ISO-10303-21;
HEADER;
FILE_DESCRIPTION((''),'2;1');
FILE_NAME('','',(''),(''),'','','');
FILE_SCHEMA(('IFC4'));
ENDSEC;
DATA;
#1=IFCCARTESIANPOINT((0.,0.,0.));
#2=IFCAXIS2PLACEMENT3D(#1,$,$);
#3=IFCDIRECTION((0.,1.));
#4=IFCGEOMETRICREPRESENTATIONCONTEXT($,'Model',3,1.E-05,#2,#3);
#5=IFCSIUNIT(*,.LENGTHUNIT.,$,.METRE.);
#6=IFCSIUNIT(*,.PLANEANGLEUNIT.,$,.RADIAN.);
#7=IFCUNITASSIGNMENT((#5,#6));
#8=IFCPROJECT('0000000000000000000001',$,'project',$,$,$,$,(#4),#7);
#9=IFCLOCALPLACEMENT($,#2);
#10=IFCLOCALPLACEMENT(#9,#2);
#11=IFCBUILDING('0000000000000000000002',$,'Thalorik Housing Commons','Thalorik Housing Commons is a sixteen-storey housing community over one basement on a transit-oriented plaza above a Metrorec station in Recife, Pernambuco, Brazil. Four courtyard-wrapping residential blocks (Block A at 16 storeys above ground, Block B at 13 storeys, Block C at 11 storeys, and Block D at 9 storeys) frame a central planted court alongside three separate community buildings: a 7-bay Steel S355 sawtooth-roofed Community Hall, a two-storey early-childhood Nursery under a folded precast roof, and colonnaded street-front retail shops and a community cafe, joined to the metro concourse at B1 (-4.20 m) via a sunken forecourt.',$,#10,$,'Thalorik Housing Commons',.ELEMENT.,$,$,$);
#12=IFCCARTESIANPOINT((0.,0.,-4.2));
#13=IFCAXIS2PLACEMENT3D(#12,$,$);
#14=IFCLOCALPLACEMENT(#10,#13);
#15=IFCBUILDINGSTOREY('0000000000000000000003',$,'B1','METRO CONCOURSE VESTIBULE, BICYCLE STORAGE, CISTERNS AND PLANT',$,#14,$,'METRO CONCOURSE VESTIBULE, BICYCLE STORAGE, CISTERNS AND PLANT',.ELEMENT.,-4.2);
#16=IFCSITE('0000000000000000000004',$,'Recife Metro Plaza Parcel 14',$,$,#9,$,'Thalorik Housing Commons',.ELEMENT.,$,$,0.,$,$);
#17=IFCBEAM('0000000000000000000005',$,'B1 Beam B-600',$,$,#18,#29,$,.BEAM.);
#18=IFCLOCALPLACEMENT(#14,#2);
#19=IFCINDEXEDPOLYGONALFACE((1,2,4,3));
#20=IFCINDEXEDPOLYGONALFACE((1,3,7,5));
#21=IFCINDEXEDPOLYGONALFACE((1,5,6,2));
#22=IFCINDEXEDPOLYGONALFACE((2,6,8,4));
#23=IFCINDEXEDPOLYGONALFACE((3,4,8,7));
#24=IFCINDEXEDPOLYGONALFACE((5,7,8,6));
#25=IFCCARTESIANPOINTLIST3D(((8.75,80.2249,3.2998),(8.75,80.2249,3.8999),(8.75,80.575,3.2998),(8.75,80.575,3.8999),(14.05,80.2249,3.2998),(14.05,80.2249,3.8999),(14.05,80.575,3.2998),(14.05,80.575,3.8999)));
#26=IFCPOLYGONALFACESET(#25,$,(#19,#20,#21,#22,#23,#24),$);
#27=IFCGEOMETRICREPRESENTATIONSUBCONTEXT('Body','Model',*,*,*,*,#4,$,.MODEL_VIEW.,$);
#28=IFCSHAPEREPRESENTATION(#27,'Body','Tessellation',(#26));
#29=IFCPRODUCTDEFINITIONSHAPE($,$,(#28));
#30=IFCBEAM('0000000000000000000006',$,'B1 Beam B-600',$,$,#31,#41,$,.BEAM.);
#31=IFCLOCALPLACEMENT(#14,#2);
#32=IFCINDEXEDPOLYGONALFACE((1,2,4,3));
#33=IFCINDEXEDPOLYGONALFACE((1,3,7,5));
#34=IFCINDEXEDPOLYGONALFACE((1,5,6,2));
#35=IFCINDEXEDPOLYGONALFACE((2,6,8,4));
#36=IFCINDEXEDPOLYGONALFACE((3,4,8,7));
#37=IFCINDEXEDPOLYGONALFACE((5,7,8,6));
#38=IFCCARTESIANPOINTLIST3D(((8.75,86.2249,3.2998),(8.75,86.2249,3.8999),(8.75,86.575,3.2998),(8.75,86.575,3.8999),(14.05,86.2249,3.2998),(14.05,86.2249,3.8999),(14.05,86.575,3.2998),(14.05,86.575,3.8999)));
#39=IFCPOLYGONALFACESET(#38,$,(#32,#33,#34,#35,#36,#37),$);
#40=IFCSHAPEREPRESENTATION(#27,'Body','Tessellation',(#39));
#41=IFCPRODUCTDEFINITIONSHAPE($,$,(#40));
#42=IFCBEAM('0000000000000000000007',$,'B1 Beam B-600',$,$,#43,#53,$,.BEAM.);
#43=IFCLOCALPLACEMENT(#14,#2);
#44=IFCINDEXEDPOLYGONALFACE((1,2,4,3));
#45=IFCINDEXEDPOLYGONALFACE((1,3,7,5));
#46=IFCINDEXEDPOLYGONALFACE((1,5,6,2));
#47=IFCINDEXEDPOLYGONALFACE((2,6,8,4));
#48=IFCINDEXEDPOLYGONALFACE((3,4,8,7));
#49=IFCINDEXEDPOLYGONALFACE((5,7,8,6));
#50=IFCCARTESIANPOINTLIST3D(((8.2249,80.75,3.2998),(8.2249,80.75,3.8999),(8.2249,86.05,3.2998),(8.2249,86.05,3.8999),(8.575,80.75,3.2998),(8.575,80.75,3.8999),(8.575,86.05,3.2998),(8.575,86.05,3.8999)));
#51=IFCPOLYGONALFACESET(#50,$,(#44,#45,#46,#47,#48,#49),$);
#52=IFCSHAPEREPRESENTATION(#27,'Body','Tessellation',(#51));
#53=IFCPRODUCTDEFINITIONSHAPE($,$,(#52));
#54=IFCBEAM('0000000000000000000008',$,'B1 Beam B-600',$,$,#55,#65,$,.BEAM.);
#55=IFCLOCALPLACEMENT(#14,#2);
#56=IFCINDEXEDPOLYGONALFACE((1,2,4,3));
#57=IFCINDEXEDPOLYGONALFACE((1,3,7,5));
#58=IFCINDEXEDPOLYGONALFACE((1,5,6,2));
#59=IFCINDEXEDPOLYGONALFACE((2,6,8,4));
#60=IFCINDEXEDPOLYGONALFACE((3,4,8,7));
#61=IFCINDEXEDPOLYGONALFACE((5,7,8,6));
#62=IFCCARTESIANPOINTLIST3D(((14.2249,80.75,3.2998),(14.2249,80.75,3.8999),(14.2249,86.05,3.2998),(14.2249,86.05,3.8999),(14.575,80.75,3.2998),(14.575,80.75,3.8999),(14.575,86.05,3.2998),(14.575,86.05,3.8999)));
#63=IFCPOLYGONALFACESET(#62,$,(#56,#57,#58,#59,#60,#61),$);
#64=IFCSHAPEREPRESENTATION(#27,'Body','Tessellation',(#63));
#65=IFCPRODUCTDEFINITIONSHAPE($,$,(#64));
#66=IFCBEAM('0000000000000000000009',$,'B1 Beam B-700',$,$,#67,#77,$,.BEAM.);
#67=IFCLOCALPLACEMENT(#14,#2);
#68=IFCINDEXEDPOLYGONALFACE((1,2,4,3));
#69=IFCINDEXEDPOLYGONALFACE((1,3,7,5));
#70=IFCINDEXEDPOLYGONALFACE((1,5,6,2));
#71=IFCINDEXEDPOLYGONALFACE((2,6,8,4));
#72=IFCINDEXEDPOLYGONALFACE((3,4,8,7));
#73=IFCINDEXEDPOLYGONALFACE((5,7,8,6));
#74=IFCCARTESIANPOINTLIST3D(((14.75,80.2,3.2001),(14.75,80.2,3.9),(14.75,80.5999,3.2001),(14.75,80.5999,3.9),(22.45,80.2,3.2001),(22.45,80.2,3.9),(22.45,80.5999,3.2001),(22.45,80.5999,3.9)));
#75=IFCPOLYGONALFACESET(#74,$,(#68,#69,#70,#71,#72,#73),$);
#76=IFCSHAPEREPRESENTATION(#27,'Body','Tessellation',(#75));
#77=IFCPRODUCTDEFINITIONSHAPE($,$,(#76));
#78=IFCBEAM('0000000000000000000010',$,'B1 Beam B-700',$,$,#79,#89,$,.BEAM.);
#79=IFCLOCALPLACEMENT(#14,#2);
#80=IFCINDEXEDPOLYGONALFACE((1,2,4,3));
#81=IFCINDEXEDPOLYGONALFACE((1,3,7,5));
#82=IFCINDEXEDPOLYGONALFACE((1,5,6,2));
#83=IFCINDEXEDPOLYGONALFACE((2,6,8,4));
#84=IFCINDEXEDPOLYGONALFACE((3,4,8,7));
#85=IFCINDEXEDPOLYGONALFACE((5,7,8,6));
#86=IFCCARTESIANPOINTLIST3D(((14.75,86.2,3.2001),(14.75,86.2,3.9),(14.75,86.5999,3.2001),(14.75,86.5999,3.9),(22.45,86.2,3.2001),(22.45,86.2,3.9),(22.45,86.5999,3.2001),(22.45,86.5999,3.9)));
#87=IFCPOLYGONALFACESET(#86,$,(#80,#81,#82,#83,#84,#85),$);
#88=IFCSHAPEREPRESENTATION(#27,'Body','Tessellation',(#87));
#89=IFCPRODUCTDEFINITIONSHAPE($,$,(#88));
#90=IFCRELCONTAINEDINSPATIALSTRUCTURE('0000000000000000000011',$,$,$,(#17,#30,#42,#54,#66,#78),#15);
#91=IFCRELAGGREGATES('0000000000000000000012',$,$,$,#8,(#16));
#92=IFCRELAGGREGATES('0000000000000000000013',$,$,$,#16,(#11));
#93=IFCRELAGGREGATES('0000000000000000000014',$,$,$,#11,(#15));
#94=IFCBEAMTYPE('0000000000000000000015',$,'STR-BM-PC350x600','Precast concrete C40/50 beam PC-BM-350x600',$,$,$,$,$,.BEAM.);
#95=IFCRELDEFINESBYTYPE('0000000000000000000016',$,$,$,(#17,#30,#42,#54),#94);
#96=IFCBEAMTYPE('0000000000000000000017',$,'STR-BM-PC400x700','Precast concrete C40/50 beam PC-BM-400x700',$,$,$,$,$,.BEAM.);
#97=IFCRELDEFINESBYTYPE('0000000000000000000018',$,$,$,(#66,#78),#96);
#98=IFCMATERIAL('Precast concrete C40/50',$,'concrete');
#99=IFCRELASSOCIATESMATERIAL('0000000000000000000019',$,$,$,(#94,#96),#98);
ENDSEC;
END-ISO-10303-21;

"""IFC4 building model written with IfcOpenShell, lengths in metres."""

from ifc_helpers import new_model, si_unit, direction, frame, origin, origin_2d, place, context, subcontext, project, spatial, rectangle, extrude, material, material_profile, profile_set, type_object, element, save


model = new_model("IFC4")

# Units and contexts
model_context = context("Model", 3, precision=1e-05, world=origin(), true_north=direction((0.0, 1.0)))
body_context = subcontext(model_context, "Body", "Model", "MODEL_VIEW")
ifc_project = project(units=[si_unit("LENGTHUNIT", "METRE"), si_unit("PLANEANGLEUNIT", "RADIAN")], contexts=[model_context])

# Site, building, storey
site_placement = place(None, origin())
site = spatial("IfcSite", under=ifc_project, at=site_placement, Name="Recife Metro Plaza Parcel 14", LongName="Thalorik Housing Commons", CompositionType="ELEMENT", RefElevation=0.0)
building_placement = place(site_placement, origin())
building = spatial("IfcBuilding", under=site, at=building_placement, Name="Thalorik Housing Commons", Description="Thalorik Housing Commons is a sixteen-storey housing community over one basement on a transit-oriented plaza above a Metrorec station in Recife, Pernambuco, Brazil. Four courtyard-wrapping residential blocks (Block A at 16 storeys above ground, Block B at 13 storeys, Block C at 11 storeys, and Block D at 9 storeys) frame a central planted court alongside three separate community buildings: a 7-bay Steel S355 sawtooth-roofed Community Hall, a two-storey early-childhood Nursery under a folded precast roof, and colonnaded street-front retail shops and a community cafe, joined to the metro concourse at B1 (-4.20 m) via a sunken forecourt.", LongName="Thalorik Housing Commons", CompositionType="ELEMENT")
storey_placement = place(building_placement, frame((0.0, 0.0, -4.2)))
storey = spatial("IfcBuildingStorey", under=building, at=storey_placement, Name="B1", Description="METRO CONCOURSE VESTIBULE, BICYCLE STORAGE, CISTERNS AND PLANT", LongName="METRO CONCOURSE VESTIBULE, BICYCLE STORAGE, CISTERNS AND PLANT", CompositionType="ELEMENT", Elevation=-4.2)

# Shared definitions
ifc_material_1 = material(Name="Precast concrete C40/50", Category="concrete")

# Beams
ifc_material_profile_1 = material_profile(ifc_material_1, rectangle(XDim=0.3501, YDim=0.6001, at=origin_2d()), Name="PC 350x600", Category="concrete")
ifc_profile_set_1 = profile_set([ifc_material_profile_1], Name="Precast concrete C40/50")
beam_type_1 = type_object("IfcBeamType", Name="STR-BM-PC350x600", Description="Precast concrete C40/50 beam PC-BM-350x600", PredefinedType="BEAM", material=ifc_profile_set_1)
for number, where, z_axis, x_axis, name in (
    (1, (8.75, 80.3999, 3.5999), (1.0, 0.0, 0.0), (0.0, 1.0, 0.0), "B1 Beam B-600"),
    (2, (8.75, 86.3999, 3.5999), (1.0, 0.0, 0.0), (0.0, 1.0, 0.0), "B1 Beam B-600"),
    (3, (8.3999, 80.75, 3.5999), (0.0, 1.0, 0.0), (-1.0, 0.0, 0.0), "B1 Beam B-600"),
    (4, (14.3999, 80.75, 3.5999), (0.0, 1.0, 0.0), (-1.0, 0.0, 0.0), "B1 Beam B-600"),
):
    element("IfcBeam", number, at=place(storey_placement, frame(where, z_axis=z_axis, x_axis=x_axis)), inside=storey, type_object=beam_type_1, Name=name, PredefinedType="BEAM", context=body_context, shape_type="SweptSolid", body=[
        extrude(rectangle(XDim=0.3501, YDim=0.6001, at=origin_2d()), origin(), (0.0, 0.0, 1.0), 5.3),
    ])
ifc_material_profile_2 = material_profile(ifc_material_1, rectangle(XDim=0.3999, YDim=0.7, at=origin_2d()), Name="PC 400x700", Category="concrete")
ifc_profile_set_2 = profile_set([ifc_material_profile_2], Name="Precast concrete C40/50")
beam_type_2 = type_object("IfcBeamType", Name="STR-BM-PC400x700", Description="Precast concrete C40/50 beam PC-BM-400x700", PredefinedType="BEAM", material=ifc_profile_set_2)
for number, where, z_axis, x_axis, name in (
    (5, (14.75, 80.3999, 3.55), (1.0, 0.0, 0.0), (0.0, 1.0, 0.0), "B1 Beam B-700"),
    (6, (14.75, 86.3999, 3.55), (1.0, 0.0, 0.0), (0.0, 1.0, 0.0), "B1 Beam B-700"),
):
    element("IfcBeam", number, at=place(storey_placement, frame(where, z_axis=z_axis, x_axis=x_axis)), inside=storey, type_object=beam_type_2, Name=name, PredefinedType="BEAM", context=body_context, shape_type="SweptSolid", body=[
        extrude(rectangle(XDim=0.3999, YDim=0.7, at=origin_2d()), origin(), (0.0, 0.0, 1.0), 7.7),
    ])

save(model, "model.ifc")
